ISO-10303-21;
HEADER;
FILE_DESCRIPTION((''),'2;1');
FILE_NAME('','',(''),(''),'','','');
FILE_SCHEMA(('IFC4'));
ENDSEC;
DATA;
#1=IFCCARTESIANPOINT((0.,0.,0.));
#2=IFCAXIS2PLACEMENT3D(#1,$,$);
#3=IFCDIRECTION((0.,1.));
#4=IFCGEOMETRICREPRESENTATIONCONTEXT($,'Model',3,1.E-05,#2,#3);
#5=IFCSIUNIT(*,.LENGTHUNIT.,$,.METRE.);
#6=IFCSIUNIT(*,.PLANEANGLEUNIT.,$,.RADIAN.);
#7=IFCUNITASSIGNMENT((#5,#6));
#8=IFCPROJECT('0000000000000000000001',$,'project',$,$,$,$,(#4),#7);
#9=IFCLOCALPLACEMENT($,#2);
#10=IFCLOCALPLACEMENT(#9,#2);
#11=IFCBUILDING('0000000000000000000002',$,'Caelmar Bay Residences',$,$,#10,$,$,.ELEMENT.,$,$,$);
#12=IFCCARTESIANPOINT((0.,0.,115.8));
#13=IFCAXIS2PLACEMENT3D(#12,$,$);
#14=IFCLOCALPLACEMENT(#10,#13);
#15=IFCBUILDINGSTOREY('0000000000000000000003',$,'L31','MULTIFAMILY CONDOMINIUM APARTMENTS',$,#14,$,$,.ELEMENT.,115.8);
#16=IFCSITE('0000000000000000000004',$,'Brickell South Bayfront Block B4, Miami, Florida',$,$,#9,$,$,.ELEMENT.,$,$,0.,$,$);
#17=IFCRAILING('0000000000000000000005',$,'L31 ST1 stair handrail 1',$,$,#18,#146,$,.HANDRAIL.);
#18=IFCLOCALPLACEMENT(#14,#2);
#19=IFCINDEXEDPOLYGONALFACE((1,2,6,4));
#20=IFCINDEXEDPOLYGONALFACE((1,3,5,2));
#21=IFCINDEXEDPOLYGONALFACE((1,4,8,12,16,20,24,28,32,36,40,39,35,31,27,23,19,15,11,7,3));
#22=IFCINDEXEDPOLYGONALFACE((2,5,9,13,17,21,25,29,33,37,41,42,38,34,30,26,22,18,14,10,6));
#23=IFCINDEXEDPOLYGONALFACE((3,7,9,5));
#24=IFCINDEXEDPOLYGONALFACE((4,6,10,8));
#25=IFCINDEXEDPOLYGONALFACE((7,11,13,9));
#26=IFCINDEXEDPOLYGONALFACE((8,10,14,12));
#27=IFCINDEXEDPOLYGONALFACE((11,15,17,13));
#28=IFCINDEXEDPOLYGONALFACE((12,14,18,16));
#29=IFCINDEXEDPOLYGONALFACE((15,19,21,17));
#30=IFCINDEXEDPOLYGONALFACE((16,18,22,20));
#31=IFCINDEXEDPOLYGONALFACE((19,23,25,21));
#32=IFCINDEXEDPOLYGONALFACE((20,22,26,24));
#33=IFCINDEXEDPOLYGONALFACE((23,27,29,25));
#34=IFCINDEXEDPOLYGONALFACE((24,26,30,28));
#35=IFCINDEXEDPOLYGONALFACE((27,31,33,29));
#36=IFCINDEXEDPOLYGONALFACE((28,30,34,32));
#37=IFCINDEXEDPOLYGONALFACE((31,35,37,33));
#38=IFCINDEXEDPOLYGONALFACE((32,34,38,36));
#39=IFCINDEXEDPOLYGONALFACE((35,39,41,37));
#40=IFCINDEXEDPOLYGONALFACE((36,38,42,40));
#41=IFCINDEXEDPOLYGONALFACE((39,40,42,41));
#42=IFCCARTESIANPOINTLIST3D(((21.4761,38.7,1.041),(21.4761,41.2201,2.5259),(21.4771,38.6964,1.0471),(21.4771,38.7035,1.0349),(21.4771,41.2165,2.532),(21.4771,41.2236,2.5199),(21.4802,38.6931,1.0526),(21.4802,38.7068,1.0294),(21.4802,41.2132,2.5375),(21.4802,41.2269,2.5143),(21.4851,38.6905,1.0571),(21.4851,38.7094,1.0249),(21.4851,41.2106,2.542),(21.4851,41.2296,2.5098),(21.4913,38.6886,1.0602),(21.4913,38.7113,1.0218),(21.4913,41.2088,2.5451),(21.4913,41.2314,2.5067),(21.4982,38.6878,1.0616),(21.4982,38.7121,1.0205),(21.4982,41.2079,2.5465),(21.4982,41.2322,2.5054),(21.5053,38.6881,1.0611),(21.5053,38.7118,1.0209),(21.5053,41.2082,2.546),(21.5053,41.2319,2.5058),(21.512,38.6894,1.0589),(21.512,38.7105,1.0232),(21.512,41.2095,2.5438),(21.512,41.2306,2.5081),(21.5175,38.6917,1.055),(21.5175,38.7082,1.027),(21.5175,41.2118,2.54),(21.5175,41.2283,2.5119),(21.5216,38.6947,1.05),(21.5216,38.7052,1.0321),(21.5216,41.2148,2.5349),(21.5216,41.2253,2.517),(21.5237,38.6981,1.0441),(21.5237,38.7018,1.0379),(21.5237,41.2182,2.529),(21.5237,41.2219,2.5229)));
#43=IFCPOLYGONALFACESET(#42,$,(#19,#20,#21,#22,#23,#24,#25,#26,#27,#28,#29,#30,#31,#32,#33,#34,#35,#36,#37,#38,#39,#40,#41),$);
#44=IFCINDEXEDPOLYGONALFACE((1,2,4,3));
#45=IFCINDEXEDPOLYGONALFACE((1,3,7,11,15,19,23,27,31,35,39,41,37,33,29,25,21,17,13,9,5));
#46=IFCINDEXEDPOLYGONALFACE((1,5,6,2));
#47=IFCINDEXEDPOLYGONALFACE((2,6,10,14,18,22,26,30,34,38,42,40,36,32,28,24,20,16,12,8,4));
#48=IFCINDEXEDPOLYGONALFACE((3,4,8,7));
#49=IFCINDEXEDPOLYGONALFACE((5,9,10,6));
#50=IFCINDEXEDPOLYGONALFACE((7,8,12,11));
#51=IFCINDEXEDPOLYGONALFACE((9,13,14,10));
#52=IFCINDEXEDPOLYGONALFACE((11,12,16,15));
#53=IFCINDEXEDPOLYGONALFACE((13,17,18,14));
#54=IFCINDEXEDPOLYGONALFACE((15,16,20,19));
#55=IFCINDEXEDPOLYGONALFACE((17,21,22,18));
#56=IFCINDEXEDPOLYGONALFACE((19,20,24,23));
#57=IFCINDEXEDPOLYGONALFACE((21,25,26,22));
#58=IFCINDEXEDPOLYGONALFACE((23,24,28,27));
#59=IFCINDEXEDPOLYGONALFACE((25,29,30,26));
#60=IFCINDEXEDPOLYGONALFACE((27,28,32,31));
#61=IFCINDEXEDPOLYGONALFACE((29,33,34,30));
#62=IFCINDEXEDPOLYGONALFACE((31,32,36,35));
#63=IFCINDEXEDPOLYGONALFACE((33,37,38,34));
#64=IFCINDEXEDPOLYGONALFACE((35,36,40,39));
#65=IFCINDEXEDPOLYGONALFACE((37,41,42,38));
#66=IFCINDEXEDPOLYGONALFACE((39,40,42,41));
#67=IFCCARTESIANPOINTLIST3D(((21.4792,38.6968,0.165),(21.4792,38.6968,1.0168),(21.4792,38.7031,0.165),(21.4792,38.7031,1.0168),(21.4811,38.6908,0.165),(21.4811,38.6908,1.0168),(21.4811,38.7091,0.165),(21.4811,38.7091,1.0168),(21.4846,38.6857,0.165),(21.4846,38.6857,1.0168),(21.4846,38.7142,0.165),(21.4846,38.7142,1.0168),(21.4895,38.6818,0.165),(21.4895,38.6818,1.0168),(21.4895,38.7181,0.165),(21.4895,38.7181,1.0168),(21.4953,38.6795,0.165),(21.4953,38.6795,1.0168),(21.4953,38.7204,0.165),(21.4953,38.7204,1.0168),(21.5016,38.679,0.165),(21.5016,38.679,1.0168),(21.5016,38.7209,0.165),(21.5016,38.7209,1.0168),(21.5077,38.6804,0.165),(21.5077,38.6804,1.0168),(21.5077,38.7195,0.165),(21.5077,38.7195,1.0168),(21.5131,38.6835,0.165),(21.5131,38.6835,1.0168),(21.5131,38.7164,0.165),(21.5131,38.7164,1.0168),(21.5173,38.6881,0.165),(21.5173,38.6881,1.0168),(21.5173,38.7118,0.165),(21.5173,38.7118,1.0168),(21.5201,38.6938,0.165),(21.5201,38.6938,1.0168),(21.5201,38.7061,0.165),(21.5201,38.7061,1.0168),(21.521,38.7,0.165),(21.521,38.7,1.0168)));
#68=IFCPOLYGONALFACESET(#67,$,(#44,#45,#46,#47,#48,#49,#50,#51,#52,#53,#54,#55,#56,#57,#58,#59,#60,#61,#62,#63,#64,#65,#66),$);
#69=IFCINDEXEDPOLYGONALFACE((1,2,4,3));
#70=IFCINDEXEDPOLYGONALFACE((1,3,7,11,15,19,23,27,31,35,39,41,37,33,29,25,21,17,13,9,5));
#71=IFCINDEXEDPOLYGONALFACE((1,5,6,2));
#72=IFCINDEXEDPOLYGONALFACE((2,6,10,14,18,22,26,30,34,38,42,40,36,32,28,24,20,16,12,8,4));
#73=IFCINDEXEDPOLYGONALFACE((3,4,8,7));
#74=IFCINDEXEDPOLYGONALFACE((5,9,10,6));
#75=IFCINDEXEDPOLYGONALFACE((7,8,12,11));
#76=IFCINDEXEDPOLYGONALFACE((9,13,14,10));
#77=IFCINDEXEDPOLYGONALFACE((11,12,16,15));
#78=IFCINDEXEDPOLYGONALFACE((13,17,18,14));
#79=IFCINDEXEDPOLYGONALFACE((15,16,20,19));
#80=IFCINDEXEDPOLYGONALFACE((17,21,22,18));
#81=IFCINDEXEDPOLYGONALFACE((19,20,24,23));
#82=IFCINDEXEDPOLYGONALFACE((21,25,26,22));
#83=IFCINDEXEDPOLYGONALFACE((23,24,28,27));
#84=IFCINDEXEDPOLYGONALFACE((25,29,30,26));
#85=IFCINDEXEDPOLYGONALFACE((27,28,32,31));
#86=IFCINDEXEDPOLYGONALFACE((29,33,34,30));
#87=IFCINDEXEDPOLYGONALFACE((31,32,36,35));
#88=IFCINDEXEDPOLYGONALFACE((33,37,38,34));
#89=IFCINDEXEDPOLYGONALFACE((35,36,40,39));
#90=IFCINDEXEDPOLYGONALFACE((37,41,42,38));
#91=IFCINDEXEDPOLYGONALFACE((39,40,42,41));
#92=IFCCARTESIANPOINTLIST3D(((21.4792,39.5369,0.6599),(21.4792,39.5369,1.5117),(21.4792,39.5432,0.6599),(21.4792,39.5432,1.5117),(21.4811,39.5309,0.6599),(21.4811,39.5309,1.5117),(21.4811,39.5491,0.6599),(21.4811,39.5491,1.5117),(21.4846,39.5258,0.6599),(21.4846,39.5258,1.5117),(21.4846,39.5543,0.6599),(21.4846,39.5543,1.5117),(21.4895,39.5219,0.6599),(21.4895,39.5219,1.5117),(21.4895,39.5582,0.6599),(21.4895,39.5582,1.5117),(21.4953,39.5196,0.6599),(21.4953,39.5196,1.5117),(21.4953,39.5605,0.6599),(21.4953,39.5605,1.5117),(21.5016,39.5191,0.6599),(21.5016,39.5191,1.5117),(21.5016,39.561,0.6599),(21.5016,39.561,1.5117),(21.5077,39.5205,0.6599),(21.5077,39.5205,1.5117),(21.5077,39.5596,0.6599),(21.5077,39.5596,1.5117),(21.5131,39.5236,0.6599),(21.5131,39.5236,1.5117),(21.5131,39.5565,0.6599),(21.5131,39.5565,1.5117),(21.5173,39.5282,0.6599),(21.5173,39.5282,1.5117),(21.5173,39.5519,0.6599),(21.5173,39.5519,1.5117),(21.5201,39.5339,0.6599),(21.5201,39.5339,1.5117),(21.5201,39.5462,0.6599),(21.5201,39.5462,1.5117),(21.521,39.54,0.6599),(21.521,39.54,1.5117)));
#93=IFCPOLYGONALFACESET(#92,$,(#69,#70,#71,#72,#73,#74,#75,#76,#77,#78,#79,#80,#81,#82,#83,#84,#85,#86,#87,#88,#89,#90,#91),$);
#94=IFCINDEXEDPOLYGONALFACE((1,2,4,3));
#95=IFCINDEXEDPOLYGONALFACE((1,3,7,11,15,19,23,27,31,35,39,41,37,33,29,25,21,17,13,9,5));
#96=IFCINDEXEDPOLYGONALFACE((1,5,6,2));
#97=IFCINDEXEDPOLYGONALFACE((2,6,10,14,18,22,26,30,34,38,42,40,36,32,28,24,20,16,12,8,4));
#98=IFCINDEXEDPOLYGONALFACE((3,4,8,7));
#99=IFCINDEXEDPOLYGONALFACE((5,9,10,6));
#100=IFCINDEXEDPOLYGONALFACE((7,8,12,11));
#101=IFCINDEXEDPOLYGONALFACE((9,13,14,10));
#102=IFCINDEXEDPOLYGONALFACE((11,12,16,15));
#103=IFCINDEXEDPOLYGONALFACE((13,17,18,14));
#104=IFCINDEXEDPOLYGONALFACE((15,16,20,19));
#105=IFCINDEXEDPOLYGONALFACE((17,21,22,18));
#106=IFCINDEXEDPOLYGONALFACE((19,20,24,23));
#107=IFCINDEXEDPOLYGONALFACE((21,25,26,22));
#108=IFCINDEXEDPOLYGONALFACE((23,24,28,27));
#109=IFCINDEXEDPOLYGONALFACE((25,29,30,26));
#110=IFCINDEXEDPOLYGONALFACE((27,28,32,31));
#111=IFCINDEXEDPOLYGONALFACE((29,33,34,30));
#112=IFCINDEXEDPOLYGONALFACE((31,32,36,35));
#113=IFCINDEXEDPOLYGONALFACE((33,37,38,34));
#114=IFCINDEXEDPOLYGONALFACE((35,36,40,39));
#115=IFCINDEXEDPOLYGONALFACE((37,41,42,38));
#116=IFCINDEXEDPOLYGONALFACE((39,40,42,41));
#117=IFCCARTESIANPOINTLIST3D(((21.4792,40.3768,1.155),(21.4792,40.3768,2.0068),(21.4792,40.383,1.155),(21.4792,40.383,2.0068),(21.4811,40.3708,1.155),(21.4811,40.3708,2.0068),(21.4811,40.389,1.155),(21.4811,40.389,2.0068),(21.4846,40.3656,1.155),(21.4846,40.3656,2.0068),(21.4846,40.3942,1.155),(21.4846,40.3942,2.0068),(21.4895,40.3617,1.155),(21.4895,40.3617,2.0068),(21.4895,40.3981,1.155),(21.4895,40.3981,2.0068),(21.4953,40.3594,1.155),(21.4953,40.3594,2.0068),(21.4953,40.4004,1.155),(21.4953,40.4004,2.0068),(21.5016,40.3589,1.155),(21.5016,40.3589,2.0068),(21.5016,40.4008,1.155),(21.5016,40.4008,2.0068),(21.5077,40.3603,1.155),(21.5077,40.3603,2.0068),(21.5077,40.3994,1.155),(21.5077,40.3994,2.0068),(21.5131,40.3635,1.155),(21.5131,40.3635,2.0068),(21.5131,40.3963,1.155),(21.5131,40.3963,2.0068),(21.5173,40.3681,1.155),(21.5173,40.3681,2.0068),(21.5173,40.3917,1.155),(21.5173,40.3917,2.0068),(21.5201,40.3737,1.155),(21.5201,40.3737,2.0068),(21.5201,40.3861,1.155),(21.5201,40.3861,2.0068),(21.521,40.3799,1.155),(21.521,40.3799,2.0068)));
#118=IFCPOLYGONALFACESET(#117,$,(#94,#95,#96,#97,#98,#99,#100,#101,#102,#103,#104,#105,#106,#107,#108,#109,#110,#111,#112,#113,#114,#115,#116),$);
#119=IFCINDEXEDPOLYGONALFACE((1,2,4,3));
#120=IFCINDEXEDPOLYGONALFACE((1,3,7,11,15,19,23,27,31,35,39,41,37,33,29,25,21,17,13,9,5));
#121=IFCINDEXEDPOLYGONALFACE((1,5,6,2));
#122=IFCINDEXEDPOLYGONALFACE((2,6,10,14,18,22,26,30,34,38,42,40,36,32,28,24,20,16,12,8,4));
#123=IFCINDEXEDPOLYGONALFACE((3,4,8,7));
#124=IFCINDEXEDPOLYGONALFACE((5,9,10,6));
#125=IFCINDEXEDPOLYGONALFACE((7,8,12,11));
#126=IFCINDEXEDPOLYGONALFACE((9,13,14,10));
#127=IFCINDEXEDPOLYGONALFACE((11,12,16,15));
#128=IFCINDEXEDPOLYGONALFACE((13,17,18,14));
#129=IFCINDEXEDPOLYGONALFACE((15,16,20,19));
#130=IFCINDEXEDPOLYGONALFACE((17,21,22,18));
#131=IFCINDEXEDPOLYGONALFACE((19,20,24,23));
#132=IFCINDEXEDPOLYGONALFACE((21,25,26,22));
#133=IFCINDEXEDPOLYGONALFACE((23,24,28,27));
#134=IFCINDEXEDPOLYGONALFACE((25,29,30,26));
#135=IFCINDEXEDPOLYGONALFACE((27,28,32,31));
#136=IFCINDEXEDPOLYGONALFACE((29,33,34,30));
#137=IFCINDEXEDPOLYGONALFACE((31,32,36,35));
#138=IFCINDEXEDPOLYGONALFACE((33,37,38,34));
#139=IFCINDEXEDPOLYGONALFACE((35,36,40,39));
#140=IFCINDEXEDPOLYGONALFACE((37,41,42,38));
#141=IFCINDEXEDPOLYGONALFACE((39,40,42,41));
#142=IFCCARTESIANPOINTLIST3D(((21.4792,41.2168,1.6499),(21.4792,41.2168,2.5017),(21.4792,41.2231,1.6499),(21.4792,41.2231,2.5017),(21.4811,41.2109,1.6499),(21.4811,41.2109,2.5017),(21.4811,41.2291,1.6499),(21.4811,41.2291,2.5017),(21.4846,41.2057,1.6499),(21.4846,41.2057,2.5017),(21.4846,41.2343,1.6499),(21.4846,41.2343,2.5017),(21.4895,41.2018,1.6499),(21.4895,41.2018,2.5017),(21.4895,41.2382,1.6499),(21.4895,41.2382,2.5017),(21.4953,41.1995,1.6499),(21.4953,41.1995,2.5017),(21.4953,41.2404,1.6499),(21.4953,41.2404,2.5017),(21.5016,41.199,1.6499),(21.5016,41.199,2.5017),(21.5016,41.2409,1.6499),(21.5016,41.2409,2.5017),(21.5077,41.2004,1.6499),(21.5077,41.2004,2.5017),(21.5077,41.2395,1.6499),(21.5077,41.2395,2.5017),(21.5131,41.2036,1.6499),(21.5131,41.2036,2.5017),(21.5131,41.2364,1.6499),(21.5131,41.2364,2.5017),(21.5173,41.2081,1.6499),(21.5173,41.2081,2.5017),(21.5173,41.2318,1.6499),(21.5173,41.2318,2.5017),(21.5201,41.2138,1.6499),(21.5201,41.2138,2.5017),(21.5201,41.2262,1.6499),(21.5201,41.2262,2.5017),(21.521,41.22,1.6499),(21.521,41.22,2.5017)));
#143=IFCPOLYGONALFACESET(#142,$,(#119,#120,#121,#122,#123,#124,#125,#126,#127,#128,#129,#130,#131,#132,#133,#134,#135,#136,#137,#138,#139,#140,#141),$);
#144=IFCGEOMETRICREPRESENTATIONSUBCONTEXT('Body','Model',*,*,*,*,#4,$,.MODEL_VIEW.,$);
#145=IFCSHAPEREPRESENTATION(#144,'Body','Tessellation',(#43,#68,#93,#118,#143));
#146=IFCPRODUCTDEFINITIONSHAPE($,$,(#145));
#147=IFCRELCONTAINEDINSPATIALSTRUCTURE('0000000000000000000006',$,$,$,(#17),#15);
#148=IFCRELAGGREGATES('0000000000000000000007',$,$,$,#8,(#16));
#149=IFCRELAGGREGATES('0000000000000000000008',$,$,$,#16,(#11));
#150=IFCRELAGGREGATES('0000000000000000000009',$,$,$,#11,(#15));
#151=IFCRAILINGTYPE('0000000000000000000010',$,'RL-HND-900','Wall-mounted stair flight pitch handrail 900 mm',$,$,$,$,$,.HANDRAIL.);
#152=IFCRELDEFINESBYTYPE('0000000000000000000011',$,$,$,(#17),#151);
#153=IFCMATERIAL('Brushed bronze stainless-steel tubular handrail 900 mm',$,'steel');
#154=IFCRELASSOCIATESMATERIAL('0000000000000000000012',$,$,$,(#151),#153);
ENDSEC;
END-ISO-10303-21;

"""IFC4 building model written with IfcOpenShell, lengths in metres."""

from ifc_helpers import new_model, si_unit, direction, frame, origin, origin_2d, place, context, subcontext, project, spatial, circle, extrude, material, type_object, element, save


model = new_model("IFC4")

# Units and contexts
model_context = context("Model", 3, precision=1e-05, world=origin(), true_north=direction((0.0, 1.0)))
body_context = subcontext(model_context, "Body", "Model", "MODEL_VIEW")
ifc_project = project(units=[si_unit("LENGTHUNIT", "METRE"), si_unit("PLANEANGLEUNIT", "RADIAN")], contexts=[model_context])

# Site, building, storey
site_placement = place(None, origin())
site = spatial("IfcSite", under=ifc_project, at=site_placement, Name="Brickell South Bayfront Block B4, Miami, Florida", CompositionType="ELEMENT", RefElevation=0.0)
building_placement = place(site_placement, origin())
building = spatial("IfcBuilding", under=site, at=building_placement, Name="Caelmar Bay Residences", CompositionType="ELEMENT")
storey_placement = place(building_placement, frame((0.0, 0.0, 115.8)))
storey = spatial("IfcBuildingStorey", under=building, at=storey_placement, Name="L31", Description="MULTIFAMILY CONDOMINIUM APARTMENTS", CompositionType="ELEMENT", Elevation=115.8)

# Railing
ifc_material_1 = material(Name="Brushed bronze stainless-steel tubular handrail 900 mm", Category="steel")
railing_type_1 = type_object("IfcRailingType", Name="RL-HND-900", Description="Wall-mounted stair flight pitch handrail 900 mm", PredefinedType="HANDRAIL", material=ifc_material_1)
railing_1_placement = place(storey_placement, frame((21.5, 38.7, 0.165)))
element("IfcRailing", 1, at=railing_1_placement, inside=storey, type_object=railing_type_1, Name="L31 ST1 stair handrail 1", PredefinedType="HANDRAIL", context=body_context, shape_type="SweptSolid", body=[
    extrude(circle(Radius=0.0239, at=origin_2d()), frame((0.0, 0.0, 0.876), z_axis=(0.0, 0.861561, 0.507655), x_axis=(-1.0, 0.0, 0.0)), (0.0, 0.0, 1.0), 2.925),
    extrude(circle(Radius=0.021, at=origin_2d()), origin(), (0.0, 0.0, 1.0), 0.8518),
    extrude(circle(Radius=0.021, at=origin_2d()), frame((0.0, 0.8401, 0.4949)), (0.0, 0.0, 1.0), 0.8518),
    extrude(circle(Radius=0.021, at=origin_2d()), frame((0.0, 1.6799, 0.99)), (0.0, 0.0, 1.0), 0.8518),
    extrude(circle(Radius=0.021, at=origin_2d()), frame((0.0, 2.52, 1.4849)), (0.0, 0.0, 1.0), 0.8518),
])

save(model, "model.ifc")
